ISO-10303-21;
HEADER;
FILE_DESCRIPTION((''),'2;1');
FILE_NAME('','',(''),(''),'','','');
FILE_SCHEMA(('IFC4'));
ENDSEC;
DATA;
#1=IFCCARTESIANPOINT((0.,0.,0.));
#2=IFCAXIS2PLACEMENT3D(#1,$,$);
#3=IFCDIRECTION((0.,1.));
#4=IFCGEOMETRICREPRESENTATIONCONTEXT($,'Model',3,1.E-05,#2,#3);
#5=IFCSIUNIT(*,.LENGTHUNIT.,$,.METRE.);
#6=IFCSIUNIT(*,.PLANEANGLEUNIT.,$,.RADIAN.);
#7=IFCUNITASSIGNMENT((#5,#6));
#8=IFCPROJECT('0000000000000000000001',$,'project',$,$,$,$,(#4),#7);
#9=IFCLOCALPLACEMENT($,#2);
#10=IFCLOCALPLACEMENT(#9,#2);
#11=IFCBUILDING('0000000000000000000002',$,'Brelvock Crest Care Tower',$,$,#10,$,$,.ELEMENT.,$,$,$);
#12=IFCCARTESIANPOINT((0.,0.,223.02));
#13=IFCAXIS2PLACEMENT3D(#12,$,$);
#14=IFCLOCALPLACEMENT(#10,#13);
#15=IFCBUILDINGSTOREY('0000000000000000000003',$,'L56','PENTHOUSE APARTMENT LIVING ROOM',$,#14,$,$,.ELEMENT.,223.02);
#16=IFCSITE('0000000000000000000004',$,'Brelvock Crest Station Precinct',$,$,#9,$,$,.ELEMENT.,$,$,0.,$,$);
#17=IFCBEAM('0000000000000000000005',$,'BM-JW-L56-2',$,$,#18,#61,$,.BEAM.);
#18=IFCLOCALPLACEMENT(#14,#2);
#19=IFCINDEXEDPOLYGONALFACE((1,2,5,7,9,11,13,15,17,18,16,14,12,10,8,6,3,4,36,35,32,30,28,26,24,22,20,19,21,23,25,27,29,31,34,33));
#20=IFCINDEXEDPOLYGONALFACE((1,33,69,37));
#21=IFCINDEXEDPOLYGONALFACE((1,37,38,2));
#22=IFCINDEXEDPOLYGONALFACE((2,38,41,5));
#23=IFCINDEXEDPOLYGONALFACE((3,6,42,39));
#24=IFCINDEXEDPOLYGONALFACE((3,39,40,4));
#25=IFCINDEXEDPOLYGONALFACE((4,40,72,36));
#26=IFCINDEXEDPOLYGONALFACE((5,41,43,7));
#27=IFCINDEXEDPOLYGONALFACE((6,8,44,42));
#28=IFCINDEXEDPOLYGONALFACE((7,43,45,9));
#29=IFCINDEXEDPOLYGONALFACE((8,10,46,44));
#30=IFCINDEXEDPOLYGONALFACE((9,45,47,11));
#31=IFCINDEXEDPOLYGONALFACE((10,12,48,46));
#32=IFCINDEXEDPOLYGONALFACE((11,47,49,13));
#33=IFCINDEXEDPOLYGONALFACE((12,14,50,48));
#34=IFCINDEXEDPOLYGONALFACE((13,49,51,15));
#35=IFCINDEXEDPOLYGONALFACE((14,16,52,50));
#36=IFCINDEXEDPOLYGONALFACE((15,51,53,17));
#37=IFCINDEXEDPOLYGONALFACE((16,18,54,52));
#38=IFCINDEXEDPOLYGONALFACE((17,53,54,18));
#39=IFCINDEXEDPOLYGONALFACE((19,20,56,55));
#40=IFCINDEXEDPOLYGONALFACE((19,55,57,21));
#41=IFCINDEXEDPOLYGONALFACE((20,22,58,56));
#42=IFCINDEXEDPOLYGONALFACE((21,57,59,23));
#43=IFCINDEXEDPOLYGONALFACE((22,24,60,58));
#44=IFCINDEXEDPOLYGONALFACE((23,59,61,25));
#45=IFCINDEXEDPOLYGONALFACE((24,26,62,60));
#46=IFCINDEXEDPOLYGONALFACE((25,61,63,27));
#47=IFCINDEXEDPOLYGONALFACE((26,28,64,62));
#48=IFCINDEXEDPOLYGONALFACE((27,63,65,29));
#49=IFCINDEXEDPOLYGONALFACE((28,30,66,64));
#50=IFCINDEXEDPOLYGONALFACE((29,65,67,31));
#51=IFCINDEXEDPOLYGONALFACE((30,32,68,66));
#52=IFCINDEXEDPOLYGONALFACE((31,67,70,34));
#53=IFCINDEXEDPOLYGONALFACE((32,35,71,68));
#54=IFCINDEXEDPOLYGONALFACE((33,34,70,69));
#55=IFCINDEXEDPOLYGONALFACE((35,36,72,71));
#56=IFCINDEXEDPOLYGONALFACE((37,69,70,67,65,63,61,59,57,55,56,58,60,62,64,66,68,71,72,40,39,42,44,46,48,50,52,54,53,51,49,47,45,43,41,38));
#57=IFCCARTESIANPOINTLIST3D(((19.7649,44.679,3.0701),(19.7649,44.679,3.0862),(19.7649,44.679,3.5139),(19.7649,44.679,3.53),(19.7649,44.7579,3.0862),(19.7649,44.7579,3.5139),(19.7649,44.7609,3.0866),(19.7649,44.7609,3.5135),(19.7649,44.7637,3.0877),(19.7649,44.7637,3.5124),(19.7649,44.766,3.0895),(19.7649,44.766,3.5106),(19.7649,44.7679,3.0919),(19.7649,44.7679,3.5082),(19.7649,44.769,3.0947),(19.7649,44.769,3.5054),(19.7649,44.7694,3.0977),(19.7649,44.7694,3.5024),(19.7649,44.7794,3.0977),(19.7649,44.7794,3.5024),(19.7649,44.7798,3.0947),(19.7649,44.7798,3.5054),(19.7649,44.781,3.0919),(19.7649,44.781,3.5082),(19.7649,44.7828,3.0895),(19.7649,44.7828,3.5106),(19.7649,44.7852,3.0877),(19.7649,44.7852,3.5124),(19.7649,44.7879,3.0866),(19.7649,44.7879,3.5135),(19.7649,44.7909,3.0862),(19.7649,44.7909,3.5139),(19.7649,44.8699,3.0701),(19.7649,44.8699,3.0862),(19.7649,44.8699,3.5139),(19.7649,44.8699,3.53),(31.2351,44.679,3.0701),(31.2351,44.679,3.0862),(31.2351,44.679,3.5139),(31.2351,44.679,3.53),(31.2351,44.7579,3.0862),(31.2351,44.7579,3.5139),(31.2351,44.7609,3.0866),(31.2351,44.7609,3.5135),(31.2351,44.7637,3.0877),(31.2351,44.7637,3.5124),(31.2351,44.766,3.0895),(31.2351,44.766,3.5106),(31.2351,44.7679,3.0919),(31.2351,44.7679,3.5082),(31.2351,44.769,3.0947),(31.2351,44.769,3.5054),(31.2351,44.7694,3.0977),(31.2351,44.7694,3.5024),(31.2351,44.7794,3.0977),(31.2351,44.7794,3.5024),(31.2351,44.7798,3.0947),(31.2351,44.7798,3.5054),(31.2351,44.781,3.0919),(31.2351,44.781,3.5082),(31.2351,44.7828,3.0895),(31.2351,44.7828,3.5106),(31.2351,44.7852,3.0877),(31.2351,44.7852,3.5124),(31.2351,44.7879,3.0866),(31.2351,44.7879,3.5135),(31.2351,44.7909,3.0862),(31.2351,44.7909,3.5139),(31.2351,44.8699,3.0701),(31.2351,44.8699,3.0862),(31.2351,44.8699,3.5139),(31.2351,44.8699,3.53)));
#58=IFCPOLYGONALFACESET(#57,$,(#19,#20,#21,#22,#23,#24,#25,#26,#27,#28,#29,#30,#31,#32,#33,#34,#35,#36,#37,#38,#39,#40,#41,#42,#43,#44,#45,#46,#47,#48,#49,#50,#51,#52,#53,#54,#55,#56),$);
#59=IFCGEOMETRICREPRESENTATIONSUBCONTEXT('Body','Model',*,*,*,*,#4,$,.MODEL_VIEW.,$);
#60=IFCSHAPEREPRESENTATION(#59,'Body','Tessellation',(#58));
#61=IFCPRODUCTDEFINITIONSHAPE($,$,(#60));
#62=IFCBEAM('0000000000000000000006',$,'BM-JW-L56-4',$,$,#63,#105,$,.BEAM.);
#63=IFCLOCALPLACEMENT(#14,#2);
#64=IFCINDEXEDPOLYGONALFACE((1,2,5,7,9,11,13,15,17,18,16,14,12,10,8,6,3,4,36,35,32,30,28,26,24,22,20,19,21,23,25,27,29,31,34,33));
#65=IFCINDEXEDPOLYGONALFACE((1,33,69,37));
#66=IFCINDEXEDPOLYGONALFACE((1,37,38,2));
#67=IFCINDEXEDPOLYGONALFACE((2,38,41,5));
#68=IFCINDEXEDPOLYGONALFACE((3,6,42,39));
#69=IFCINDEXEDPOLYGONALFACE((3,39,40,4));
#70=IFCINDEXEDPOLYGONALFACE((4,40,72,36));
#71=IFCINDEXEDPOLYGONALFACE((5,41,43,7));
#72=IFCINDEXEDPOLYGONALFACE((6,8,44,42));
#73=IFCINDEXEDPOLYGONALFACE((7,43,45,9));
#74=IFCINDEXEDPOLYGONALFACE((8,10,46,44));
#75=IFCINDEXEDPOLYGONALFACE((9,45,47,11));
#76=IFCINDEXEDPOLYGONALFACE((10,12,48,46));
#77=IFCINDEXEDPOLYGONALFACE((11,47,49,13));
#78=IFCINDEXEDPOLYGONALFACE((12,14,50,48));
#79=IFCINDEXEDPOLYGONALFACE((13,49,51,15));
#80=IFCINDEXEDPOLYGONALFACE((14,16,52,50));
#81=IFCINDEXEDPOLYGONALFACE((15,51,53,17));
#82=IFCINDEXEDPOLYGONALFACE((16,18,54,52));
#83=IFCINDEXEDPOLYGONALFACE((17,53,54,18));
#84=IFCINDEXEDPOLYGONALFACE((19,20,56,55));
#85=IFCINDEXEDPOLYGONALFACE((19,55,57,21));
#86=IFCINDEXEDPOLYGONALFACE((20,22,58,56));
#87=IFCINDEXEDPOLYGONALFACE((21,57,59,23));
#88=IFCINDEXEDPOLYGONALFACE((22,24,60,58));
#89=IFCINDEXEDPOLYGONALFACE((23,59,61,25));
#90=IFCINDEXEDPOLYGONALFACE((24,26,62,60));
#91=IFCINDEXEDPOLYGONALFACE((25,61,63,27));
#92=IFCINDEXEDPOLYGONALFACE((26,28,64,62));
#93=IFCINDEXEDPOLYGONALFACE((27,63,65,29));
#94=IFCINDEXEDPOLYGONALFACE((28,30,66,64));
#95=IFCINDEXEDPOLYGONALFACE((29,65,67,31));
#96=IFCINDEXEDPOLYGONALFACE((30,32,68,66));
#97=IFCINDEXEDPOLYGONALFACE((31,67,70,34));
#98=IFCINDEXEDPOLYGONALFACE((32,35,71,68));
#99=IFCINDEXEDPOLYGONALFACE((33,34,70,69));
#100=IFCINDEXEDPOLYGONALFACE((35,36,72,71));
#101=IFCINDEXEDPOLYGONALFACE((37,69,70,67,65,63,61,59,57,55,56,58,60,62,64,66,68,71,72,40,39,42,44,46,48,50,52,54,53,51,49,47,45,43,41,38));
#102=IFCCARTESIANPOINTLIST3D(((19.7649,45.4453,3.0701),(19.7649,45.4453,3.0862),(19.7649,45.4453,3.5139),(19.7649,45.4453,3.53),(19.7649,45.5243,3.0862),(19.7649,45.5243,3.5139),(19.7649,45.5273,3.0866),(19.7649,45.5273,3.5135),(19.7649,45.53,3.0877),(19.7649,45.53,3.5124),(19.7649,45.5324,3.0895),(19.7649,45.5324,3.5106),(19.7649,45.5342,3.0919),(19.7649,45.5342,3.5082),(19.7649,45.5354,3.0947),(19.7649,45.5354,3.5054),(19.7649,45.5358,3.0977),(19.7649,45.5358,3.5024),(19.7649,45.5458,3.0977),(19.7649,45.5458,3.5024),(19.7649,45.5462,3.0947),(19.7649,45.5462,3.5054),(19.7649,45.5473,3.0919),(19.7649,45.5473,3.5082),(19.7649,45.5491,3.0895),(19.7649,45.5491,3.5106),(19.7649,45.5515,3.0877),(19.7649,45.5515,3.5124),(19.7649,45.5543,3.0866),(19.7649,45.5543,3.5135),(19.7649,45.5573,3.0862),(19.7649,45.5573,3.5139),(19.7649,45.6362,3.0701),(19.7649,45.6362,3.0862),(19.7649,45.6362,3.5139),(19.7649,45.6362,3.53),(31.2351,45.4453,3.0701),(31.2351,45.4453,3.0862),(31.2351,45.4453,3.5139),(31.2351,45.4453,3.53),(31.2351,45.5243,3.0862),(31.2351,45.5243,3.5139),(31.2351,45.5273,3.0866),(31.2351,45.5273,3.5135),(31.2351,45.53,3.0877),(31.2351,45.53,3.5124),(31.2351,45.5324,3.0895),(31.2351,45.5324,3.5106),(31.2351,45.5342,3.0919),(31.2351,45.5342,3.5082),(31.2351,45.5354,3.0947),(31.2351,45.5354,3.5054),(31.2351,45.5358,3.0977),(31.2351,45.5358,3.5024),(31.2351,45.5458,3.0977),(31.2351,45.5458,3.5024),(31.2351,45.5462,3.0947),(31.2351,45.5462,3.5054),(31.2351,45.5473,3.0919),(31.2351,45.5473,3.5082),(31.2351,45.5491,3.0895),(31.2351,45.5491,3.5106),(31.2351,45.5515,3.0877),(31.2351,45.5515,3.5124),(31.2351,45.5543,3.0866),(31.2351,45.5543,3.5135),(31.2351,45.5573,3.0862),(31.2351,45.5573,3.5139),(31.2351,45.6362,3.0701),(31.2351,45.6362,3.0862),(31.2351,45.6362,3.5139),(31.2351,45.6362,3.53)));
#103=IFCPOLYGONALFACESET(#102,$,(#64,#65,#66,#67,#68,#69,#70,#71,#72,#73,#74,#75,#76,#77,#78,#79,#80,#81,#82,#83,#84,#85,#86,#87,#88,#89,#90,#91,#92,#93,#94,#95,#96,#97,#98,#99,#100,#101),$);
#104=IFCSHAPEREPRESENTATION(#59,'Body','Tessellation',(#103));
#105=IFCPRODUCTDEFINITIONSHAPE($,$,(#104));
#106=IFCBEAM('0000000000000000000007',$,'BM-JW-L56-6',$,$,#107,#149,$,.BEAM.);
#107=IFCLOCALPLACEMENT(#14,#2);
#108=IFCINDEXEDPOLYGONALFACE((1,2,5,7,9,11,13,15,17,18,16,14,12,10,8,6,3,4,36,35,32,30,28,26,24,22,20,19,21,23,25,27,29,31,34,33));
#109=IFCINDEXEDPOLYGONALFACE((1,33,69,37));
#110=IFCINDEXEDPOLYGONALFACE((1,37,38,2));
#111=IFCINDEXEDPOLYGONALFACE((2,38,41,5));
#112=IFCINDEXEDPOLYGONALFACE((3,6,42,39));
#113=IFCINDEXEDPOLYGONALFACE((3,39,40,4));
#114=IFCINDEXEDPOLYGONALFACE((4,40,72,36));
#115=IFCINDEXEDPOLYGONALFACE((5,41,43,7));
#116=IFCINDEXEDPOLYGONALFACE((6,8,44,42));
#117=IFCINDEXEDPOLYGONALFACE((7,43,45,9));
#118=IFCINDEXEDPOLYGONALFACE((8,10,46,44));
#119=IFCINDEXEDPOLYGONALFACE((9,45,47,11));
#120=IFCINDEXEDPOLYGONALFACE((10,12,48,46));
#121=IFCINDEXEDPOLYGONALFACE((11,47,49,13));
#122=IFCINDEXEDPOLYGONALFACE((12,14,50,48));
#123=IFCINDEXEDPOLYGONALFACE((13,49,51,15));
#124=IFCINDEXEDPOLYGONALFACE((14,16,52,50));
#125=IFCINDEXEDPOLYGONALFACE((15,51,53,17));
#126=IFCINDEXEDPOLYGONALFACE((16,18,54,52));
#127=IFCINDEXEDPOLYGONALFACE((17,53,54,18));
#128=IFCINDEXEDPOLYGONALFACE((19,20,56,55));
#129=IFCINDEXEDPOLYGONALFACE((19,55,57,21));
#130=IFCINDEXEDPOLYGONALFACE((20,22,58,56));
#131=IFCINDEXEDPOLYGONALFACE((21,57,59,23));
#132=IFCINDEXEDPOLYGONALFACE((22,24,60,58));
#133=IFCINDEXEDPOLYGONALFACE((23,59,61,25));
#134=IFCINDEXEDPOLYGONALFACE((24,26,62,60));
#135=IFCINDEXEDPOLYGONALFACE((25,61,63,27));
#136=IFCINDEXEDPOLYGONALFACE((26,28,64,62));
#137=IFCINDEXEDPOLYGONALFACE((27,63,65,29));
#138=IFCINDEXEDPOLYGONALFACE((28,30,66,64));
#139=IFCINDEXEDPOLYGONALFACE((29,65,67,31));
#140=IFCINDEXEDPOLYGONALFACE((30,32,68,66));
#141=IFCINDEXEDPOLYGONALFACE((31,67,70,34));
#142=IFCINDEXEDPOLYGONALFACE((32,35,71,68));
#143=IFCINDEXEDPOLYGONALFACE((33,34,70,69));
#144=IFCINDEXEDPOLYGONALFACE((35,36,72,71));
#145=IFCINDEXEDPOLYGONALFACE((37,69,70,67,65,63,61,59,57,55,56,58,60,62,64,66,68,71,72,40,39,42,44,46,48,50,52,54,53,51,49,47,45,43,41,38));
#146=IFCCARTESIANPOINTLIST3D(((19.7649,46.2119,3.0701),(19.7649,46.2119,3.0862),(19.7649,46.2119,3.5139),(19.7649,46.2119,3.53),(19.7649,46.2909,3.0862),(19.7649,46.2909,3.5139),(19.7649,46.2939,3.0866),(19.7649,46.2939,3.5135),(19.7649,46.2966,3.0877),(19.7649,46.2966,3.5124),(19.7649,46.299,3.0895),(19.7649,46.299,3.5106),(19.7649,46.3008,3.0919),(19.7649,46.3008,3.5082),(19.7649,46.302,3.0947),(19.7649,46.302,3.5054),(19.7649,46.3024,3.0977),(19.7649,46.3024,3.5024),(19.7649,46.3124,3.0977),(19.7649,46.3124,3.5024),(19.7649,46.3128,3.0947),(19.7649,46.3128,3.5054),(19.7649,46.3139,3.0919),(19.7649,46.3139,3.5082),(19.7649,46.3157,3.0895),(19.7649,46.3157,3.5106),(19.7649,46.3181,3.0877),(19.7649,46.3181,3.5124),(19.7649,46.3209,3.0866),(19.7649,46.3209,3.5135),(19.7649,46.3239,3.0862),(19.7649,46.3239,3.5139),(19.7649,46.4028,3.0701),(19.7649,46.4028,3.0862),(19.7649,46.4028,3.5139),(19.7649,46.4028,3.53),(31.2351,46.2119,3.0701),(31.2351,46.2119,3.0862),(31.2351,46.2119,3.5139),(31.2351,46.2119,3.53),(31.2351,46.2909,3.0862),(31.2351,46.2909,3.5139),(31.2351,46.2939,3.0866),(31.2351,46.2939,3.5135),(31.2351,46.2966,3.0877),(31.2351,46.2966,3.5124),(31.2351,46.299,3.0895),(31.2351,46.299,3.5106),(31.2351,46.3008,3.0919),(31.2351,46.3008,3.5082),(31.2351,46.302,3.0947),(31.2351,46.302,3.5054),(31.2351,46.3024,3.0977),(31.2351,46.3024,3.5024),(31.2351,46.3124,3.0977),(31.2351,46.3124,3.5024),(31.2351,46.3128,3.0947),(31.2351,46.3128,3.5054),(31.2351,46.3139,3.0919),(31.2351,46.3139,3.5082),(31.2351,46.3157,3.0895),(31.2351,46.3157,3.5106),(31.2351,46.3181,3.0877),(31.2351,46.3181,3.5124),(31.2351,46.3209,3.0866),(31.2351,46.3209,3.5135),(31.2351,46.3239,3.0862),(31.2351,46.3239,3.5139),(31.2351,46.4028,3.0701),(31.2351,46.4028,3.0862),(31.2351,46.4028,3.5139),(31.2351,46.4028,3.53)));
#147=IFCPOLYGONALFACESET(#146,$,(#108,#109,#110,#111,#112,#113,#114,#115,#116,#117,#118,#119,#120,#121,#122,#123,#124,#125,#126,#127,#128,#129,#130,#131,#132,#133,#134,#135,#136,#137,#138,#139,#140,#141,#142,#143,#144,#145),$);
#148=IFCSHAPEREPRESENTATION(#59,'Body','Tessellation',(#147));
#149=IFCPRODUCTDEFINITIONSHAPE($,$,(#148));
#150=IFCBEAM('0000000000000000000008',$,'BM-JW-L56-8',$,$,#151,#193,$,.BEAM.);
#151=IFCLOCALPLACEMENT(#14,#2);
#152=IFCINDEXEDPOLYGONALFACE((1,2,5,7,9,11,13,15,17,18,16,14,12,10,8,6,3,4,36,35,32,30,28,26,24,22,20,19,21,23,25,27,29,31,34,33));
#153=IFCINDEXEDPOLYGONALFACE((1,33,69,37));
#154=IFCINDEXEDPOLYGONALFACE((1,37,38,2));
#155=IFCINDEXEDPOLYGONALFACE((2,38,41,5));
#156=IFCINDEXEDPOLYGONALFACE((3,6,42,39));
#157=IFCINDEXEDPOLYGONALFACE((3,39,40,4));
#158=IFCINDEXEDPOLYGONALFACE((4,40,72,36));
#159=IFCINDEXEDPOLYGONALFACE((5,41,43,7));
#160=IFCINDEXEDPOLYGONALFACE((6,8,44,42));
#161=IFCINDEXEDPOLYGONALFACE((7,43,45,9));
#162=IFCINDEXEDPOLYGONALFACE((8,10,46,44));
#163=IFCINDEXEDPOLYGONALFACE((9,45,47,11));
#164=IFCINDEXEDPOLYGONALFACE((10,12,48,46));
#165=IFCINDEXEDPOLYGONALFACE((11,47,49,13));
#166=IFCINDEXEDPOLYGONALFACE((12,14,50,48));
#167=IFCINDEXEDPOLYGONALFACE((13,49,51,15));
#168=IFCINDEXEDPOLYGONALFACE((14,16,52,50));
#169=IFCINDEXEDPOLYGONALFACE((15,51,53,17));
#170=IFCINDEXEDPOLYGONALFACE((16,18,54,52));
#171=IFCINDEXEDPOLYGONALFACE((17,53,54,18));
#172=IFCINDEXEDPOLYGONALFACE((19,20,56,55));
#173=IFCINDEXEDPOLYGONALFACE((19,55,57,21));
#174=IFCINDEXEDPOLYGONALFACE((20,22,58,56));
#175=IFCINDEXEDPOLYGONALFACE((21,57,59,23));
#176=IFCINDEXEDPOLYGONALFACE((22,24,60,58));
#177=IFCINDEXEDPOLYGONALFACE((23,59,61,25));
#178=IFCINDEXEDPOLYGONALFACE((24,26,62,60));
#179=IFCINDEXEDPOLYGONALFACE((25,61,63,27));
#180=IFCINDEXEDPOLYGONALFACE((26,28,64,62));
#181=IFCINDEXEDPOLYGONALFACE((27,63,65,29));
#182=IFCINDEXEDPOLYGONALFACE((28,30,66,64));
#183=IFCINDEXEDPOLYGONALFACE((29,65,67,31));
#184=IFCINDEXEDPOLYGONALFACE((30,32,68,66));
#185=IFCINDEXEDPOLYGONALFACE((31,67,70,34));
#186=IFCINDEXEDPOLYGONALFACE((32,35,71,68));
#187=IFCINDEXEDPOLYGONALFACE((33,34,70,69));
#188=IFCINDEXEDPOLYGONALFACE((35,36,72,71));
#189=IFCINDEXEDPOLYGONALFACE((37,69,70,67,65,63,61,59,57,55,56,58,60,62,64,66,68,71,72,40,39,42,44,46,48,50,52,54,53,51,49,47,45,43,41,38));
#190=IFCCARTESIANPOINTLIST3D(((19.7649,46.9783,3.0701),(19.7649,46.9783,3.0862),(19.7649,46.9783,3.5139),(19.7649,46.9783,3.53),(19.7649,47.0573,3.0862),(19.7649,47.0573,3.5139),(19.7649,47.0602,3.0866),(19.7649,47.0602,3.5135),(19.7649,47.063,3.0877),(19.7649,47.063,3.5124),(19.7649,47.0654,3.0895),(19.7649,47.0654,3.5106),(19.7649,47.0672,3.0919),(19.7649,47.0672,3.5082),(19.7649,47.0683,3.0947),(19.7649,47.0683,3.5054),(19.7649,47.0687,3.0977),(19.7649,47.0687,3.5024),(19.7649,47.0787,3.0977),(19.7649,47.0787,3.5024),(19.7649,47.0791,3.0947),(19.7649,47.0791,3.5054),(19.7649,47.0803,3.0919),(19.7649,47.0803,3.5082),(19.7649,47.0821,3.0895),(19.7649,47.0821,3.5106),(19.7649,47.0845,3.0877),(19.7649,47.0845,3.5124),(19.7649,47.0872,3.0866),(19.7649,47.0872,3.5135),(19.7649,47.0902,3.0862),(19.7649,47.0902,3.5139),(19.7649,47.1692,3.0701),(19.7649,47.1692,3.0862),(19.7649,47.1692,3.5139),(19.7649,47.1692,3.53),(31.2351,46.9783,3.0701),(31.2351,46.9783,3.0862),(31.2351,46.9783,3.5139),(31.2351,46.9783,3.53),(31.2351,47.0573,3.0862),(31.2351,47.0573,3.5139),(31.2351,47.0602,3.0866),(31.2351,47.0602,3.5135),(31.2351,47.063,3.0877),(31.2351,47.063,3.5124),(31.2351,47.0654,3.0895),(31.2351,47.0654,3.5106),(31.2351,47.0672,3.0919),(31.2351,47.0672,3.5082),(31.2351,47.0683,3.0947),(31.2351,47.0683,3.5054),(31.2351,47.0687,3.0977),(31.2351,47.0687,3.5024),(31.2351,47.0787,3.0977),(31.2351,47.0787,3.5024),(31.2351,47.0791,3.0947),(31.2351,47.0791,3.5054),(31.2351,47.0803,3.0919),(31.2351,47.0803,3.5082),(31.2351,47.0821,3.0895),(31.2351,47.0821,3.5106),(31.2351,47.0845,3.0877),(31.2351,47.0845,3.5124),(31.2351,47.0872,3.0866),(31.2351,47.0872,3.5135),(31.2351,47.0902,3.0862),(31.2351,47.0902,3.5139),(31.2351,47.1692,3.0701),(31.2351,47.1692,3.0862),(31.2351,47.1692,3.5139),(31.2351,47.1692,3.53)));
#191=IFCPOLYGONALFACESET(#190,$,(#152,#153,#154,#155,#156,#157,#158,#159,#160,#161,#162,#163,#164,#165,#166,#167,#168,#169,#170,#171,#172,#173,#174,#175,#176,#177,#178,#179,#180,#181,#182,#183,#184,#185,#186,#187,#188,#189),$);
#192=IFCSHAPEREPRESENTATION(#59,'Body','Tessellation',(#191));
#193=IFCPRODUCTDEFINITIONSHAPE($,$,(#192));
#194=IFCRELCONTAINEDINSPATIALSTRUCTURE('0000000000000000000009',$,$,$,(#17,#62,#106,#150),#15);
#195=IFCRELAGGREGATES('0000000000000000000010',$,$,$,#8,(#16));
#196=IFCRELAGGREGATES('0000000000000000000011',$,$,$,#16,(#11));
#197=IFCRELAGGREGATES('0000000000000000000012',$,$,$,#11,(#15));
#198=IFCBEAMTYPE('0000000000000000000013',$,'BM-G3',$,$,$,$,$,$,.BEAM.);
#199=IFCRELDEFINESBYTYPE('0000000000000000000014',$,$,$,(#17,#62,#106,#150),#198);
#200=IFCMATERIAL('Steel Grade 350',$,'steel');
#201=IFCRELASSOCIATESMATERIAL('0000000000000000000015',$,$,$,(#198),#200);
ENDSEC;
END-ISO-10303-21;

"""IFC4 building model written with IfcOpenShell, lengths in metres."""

from ifc_helpers import new_model, si_unit, direction, frame, origin, origin_2d, place, context, subcontext, project, spatial, i_section, extrude, source, transform, mapped, material, material_profile, profile_set, type_object, element, save


model = new_model("IFC4")

# Units and contexts
model_context = context("Model", 3, precision=1e-05, world=origin(), true_north=direction((0.0, 1.0)))
body_context = subcontext(model_context, "Body", "Model", "MODEL_VIEW")
ifc_project = project(units=[si_unit("LENGTHUNIT", "METRE"), si_unit("PLANEANGLEUNIT", "RADIAN")], contexts=[model_context])

# Site, building, storey
site_placement = place(None, origin())
site = spatial("IfcSite", under=ifc_project, at=site_placement, Name="Brelvock Crest Station Precinct", CompositionType="ELEMENT", RefElevation=0.0)
building_placement = place(site_placement, origin())
building = spatial("IfcBuilding", under=site, at=building_placement, Name="Brelvock Crest Care Tower", CompositionType="ELEMENT")
storey_placement = place(building_placement, frame((0.0, 0.0, 223.02)))
storey = spatial("IfcBuildingStorey", under=building, at=storey_placement, Name="L56", Description="PENTHOUSE APARTMENT LIVING ROOM", CompositionType="ELEMENT", Elevation=223.02)

# Beams
ifc_material_1 = material(Name="Steel Grade 350", Category="steel")
ifc_material_profile_1 = material_profile(ifc_material_1, i_section(OverallWidth=0.1909, OverallDepth=0.46, WebThickness=0.01, FlangeThickness=0.0161, FilletRadius=0.0115, at=origin_2d()), Name="460UB82.1")
ifc_profile_set_1 = profile_set([ifc_material_profile_1], Name="Steel Grade 350")
beam_type_1 = type_object("IfcBeamType", Name="BM-G3", PredefinedType="BEAM", material=ifc_profile_set_1)
shared_shape_1 = source(origin(), body_context, "Body", "SweptSolid", [
    extrude(i_section(OverallWidth=0.1909, OverallDepth=0.46, WebThickness=0.01, FlangeThickness=0.0161, FilletRadius=0.0115, at=origin_2d()), origin(), (0.0, 0.0, 1.0), 11.4702),
])
for number, where, z_axis, x_axis, name in (
    (1, (19.7649, 44.7744, 3.3), (1.0, 0.0, 0.0), (0.0, 1.0, 0.0), "BM-JW-L56-2"),
    (2, (19.7649, 45.5408, 3.3), (1.0, 0.0, 0.0), (0.0, 1.0, 0.0), "BM-JW-L56-4"),
    (3, (19.7649, 46.3074, 3.3), (1.0, 0.0, 0.0), (0.0, 1.0, 0.0), "BM-JW-L56-6"),
    (4, (19.7649, 47.0737, 3.3), (1.0, 0.0, 0.0), (0.0, 1.0, 0.0), "BM-JW-L56-8"),
):
    element("IfcBeam", number, at=place(storey_placement, frame(where, z_axis=z_axis, x_axis=x_axis)), inside=storey, type_object=beam_type_1, Name=name, PredefinedType="BEAM", context=body_context, shape_type="MappedRepresentation", body=[
        mapped(shared_shape_1, transform((0.0, 0.0, 0.0), x_axis=(1.0, 0.0, 0.0), y_axis=(0.0, 1.0, 0.0), z_axis=(0.0, 0.0, 1.0), scale=1.0)),
    ])

save(model, "model.ifc")
